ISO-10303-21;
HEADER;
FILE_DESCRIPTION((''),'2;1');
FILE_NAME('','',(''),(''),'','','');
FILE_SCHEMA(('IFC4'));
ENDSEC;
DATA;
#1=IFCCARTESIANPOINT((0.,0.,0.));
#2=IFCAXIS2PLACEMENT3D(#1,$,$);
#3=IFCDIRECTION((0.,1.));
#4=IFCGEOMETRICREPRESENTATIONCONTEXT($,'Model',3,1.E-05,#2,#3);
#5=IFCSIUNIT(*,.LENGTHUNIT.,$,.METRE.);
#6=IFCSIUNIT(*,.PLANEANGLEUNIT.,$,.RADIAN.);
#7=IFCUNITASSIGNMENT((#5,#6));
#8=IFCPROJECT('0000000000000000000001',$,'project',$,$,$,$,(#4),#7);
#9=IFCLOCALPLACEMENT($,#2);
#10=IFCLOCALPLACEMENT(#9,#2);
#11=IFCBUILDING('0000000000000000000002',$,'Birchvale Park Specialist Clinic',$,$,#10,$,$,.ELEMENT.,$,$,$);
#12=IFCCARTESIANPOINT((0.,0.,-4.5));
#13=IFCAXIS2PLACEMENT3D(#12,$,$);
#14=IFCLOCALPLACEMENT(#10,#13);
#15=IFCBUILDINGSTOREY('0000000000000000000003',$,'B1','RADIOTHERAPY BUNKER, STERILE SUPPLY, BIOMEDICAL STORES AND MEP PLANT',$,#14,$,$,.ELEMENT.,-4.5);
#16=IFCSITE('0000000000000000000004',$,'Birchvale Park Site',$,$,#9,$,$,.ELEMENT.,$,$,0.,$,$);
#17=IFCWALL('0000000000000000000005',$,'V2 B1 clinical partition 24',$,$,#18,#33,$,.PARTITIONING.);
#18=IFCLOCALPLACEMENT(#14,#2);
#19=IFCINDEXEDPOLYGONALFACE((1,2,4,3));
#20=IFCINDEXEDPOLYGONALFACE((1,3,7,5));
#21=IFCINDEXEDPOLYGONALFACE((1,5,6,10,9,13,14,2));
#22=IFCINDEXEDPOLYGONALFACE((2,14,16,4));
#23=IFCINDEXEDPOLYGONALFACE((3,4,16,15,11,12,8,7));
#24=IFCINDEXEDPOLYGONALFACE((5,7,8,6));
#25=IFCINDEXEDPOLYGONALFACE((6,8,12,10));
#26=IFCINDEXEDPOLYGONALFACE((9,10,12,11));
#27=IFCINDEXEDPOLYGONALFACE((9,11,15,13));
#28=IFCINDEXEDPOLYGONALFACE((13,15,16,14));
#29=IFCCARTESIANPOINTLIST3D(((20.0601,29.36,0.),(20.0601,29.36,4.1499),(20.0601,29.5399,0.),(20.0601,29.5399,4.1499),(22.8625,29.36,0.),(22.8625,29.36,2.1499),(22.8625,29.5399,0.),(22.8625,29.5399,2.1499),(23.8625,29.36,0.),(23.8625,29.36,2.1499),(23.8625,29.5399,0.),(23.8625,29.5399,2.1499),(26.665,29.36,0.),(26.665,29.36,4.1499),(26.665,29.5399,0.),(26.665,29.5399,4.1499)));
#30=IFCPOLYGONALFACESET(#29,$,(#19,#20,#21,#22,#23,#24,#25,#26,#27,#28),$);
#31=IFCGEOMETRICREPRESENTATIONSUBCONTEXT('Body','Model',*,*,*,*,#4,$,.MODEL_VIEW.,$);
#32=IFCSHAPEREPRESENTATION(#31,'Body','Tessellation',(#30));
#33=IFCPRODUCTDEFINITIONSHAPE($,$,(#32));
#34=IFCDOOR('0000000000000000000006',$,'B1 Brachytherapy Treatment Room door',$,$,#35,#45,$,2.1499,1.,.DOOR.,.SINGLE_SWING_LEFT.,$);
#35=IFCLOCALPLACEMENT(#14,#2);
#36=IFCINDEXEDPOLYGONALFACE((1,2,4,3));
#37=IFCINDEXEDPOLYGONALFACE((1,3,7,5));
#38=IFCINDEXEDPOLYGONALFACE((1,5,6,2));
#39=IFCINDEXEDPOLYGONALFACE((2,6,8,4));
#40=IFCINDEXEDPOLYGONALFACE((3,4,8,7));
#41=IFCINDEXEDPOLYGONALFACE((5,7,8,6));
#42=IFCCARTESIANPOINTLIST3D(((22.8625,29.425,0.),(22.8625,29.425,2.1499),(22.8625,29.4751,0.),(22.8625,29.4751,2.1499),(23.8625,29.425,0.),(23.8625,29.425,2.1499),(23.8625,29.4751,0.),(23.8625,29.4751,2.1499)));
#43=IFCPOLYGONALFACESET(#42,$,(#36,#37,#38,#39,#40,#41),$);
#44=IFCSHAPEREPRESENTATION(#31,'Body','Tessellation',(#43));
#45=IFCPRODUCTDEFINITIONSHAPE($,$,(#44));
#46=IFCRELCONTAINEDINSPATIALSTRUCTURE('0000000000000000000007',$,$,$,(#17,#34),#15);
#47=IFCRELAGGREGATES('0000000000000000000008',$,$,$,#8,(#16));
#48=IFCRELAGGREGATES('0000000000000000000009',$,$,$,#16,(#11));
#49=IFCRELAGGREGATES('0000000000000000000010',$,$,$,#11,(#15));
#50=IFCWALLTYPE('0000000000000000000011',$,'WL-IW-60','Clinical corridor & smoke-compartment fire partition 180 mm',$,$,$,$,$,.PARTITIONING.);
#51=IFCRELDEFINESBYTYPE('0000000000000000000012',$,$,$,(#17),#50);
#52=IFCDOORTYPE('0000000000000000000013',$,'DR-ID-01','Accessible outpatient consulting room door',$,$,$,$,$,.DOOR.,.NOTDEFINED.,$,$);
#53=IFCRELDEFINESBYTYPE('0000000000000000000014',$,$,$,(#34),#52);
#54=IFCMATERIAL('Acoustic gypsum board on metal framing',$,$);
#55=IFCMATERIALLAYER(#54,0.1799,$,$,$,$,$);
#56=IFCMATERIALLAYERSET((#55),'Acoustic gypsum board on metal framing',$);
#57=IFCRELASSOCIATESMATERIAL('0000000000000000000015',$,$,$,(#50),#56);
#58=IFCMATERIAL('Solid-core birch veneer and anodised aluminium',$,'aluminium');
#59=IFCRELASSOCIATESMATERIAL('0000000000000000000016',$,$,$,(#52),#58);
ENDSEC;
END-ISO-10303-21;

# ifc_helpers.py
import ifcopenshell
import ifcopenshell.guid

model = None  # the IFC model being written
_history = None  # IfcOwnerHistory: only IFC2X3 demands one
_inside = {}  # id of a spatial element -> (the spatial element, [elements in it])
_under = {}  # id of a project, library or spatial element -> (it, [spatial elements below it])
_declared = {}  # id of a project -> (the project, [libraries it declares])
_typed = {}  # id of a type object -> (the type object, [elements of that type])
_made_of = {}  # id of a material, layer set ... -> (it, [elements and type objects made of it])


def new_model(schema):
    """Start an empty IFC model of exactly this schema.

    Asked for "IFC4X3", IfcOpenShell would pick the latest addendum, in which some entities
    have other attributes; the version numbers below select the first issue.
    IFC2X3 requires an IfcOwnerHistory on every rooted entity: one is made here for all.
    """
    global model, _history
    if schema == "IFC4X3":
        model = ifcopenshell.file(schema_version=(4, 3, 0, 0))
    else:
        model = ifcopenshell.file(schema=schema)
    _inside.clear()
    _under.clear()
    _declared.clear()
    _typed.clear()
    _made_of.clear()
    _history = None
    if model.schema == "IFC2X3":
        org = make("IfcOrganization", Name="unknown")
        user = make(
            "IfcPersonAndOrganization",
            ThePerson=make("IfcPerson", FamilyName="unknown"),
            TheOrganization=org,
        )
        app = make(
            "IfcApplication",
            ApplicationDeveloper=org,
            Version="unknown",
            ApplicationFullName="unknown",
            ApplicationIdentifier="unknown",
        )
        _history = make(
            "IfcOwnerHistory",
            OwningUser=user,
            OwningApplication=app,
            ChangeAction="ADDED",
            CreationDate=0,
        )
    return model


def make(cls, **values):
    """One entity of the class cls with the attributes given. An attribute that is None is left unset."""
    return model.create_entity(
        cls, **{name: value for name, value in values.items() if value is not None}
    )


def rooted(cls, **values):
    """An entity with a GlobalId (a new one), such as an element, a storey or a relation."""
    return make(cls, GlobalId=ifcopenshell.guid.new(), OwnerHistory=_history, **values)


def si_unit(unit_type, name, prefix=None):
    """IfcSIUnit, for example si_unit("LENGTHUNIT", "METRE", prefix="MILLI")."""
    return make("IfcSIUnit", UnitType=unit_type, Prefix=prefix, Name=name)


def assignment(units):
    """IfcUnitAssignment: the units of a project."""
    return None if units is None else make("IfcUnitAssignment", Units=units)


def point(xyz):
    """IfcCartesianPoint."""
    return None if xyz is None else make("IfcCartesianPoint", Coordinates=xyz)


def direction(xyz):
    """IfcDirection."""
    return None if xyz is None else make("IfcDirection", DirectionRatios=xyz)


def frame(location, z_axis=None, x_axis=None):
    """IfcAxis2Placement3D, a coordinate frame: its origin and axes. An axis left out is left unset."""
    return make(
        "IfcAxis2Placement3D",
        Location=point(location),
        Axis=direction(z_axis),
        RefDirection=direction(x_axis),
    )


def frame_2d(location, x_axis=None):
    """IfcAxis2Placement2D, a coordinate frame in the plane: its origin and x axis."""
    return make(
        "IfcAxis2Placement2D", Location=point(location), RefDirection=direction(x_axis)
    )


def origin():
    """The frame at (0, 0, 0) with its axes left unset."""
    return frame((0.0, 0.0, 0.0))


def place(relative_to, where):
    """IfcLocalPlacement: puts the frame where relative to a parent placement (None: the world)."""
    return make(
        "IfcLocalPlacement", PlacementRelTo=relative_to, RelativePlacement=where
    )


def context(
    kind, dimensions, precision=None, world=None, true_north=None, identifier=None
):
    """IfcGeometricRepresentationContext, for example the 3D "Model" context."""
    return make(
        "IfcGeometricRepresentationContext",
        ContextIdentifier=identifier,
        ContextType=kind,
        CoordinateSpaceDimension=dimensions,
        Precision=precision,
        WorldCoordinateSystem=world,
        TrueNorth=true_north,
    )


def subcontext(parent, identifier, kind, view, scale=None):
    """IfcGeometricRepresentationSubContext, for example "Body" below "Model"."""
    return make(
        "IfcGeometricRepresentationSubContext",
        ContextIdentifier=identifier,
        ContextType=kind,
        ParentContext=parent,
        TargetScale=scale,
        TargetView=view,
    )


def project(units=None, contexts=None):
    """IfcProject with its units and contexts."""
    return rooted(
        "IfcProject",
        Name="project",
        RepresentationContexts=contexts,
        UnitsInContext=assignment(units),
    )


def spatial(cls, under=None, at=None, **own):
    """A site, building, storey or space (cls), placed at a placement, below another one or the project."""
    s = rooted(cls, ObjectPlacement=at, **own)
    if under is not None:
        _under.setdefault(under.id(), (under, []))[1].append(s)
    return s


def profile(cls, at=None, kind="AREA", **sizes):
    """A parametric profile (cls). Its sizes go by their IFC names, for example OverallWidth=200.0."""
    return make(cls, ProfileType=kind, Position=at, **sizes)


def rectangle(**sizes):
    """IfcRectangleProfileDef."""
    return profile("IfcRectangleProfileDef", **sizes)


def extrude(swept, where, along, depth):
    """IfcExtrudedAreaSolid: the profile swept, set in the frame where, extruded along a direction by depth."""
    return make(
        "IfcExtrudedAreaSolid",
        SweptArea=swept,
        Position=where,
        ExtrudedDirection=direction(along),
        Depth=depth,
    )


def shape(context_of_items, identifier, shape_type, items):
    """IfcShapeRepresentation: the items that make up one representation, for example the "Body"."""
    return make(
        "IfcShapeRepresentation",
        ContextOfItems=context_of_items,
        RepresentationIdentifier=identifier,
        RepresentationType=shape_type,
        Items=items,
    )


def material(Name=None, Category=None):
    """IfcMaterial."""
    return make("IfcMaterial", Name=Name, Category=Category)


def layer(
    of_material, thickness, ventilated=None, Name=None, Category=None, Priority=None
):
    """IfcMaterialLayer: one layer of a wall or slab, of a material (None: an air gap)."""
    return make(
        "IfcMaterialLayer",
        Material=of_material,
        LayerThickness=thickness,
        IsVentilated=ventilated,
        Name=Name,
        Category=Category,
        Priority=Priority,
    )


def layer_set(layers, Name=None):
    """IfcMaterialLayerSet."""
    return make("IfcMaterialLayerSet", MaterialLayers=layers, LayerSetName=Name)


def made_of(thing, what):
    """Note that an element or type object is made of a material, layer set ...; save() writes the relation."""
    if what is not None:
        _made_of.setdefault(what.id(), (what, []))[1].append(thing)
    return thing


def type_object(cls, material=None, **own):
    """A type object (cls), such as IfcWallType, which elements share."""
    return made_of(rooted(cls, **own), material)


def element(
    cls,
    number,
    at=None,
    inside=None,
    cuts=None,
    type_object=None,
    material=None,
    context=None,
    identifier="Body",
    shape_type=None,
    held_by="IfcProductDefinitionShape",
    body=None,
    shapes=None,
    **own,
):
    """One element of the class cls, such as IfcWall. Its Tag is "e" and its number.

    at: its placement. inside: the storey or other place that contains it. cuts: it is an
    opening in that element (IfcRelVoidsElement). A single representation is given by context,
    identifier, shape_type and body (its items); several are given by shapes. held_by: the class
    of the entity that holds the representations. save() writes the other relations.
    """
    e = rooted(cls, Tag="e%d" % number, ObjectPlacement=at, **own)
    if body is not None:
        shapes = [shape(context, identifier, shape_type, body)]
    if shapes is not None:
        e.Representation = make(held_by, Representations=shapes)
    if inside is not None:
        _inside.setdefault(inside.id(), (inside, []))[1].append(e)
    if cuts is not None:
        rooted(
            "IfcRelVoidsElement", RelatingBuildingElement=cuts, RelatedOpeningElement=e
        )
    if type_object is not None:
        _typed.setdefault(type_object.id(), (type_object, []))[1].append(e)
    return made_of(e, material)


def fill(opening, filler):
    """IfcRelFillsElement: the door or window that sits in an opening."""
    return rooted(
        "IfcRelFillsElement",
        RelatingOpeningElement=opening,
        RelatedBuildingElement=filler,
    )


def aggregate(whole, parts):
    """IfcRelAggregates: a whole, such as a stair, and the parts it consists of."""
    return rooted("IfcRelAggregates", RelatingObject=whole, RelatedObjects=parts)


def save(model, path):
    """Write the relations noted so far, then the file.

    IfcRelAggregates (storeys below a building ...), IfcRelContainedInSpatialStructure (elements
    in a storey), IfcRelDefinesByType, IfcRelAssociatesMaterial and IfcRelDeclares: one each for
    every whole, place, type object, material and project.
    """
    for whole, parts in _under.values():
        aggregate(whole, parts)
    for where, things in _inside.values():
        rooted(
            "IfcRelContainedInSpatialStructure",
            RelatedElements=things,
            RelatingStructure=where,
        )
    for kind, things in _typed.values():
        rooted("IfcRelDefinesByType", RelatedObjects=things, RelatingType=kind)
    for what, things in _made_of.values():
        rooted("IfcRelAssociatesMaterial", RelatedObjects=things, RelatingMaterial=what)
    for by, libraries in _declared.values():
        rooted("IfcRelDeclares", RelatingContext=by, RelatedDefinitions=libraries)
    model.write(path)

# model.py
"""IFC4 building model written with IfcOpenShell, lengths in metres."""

from ifc_helpers import new_model, si_unit, direction, frame, frame_2d, origin, place, context, subcontext, project, spatial, rectangle, extrude, material, layer, layer_set, type_object, element, fill, save


model = new_model("IFC4")

# Units and contexts
model_context = context("Model", 3, precision=1e-05, world=origin(), true_north=direction((0.0, 1.0)))
body_context = subcontext(model_context, "Body", "Model", "MODEL_VIEW")
ifc_project = project(units=[si_unit("LENGTHUNIT", "METRE"), si_unit("PLANEANGLEUNIT", "RADIAN")], contexts=[model_context])

# Site, building, storey
site_placement = place(None, origin())
site = spatial("IfcSite", under=ifc_project, at=site_placement, Name="Birchvale Park Site", CompositionType="ELEMENT", RefElevation=0.0)
building_placement = place(site_placement, origin())
building = spatial("IfcBuilding", under=site, at=building_placement, Name="Birchvale Park Specialist Clinic", CompositionType="ELEMENT")
storey_placement = place(building_placement, frame((0.0, 0.0, -4.5)))
storey = spatial("IfcBuildingStorey", under=building, at=storey_placement, Name="B1", Description="RADIOTHERAPY BUNKER, STERILE SUPPLY, BIOMEDICAL STORES AND MEP PLANT", CompositionType="ELEMENT", Elevation=-4.5)

# Shared definitions
ifc_material_1 = material(Name="Solid-core birch veneer and anodised aluminium", Category="aluminium")

# Shared definitions
ifc_material_2 = material(Name="Acoustic gypsum board on metal framing")
ifc_layer_1 = layer(ifc_material_2, 0.1799)
ifc_layer_set_1 = layer_set([ifc_layer_1], Name="Acoustic gypsum board on metal framing")
wall_type_1 = type_object("IfcWallType", Name="WL-IW-60", Description="Clinical corridor & smoke-compartment fire partition 180 mm", PredefinedType="PARTITIONING", material=ifc_layer_set_1)

# Wall, opening, door
wall_1_placement = place(storey_placement, frame((26.665, 29.45, 0.0), z_axis=(0.0, 0.0, 1.0), x_axis=(-1.0, 0.0, 0.0)))
wall_1 = element("IfcWall", 1, at=wall_1_placement, inside=storey, type_object=wall_type_1, Name="V2 B1 clinical partition 24", PredefinedType="PARTITIONING", context=body_context, shape_type="SweptSolid", body=[
    extrude(rectangle(XDim=6.605, YDim=0.1799, at=frame_2d((3.3025, 0.0))), origin(), (0.0, 0.0, 1.0), 4.1499),
])
opening_1_placement = place(wall_1_placement, frame((2.8025, 0.0, 0.0)))
opening_1 = element("IfcOpeningElement", 2, at=opening_1_placement, cuts=wall_1, PredefinedType="OPENING", context=body_context, shape_type="SweptSolid", body=[
    extrude(rectangle(XDim=1.0, YDim=2.1499, at=frame_2d((0.5, 1.075))), frame((0.0, 0.1001, 0.0), z_axis=(0.0, -1.0, 0.0), x_axis=(1.0, 0.0, 0.0)), (0.0, 0.0, 1.0), 0.2),
])
door_type_1 = type_object("IfcDoorType", Name="DR-ID-01", Description="Accessible outpatient consulting room door", OperationType="NOTDEFINED", PredefinedType="DOOR", material=ifc_material_1)
door_1_placement = place(opening_1_placement, origin())
door_1 = element("IfcDoor", 3, at=door_1_placement, inside=storey, type_object=door_type_1, Name="B1 Brachytherapy Treatment Room door", OperationType="SINGLE_SWING_LEFT", OverallHeight=2.1499, OverallWidth=1.0, PredefinedType="DOOR", context=body_context, shape_type="SweptSolid", body=[
    extrude(rectangle(XDim=1.0, YDim=2.1499, at=frame_2d((0.5, 1.075))), frame((0.0, 0.0249, 0.0), z_axis=(0.0, -1.0, 0.0), x_axis=(1.0, 0.0, 0.0)), (0.0, 0.0, 1.0), 0.05),
])
fill(opening_1, door_1)

save(model, "model.ifc")
